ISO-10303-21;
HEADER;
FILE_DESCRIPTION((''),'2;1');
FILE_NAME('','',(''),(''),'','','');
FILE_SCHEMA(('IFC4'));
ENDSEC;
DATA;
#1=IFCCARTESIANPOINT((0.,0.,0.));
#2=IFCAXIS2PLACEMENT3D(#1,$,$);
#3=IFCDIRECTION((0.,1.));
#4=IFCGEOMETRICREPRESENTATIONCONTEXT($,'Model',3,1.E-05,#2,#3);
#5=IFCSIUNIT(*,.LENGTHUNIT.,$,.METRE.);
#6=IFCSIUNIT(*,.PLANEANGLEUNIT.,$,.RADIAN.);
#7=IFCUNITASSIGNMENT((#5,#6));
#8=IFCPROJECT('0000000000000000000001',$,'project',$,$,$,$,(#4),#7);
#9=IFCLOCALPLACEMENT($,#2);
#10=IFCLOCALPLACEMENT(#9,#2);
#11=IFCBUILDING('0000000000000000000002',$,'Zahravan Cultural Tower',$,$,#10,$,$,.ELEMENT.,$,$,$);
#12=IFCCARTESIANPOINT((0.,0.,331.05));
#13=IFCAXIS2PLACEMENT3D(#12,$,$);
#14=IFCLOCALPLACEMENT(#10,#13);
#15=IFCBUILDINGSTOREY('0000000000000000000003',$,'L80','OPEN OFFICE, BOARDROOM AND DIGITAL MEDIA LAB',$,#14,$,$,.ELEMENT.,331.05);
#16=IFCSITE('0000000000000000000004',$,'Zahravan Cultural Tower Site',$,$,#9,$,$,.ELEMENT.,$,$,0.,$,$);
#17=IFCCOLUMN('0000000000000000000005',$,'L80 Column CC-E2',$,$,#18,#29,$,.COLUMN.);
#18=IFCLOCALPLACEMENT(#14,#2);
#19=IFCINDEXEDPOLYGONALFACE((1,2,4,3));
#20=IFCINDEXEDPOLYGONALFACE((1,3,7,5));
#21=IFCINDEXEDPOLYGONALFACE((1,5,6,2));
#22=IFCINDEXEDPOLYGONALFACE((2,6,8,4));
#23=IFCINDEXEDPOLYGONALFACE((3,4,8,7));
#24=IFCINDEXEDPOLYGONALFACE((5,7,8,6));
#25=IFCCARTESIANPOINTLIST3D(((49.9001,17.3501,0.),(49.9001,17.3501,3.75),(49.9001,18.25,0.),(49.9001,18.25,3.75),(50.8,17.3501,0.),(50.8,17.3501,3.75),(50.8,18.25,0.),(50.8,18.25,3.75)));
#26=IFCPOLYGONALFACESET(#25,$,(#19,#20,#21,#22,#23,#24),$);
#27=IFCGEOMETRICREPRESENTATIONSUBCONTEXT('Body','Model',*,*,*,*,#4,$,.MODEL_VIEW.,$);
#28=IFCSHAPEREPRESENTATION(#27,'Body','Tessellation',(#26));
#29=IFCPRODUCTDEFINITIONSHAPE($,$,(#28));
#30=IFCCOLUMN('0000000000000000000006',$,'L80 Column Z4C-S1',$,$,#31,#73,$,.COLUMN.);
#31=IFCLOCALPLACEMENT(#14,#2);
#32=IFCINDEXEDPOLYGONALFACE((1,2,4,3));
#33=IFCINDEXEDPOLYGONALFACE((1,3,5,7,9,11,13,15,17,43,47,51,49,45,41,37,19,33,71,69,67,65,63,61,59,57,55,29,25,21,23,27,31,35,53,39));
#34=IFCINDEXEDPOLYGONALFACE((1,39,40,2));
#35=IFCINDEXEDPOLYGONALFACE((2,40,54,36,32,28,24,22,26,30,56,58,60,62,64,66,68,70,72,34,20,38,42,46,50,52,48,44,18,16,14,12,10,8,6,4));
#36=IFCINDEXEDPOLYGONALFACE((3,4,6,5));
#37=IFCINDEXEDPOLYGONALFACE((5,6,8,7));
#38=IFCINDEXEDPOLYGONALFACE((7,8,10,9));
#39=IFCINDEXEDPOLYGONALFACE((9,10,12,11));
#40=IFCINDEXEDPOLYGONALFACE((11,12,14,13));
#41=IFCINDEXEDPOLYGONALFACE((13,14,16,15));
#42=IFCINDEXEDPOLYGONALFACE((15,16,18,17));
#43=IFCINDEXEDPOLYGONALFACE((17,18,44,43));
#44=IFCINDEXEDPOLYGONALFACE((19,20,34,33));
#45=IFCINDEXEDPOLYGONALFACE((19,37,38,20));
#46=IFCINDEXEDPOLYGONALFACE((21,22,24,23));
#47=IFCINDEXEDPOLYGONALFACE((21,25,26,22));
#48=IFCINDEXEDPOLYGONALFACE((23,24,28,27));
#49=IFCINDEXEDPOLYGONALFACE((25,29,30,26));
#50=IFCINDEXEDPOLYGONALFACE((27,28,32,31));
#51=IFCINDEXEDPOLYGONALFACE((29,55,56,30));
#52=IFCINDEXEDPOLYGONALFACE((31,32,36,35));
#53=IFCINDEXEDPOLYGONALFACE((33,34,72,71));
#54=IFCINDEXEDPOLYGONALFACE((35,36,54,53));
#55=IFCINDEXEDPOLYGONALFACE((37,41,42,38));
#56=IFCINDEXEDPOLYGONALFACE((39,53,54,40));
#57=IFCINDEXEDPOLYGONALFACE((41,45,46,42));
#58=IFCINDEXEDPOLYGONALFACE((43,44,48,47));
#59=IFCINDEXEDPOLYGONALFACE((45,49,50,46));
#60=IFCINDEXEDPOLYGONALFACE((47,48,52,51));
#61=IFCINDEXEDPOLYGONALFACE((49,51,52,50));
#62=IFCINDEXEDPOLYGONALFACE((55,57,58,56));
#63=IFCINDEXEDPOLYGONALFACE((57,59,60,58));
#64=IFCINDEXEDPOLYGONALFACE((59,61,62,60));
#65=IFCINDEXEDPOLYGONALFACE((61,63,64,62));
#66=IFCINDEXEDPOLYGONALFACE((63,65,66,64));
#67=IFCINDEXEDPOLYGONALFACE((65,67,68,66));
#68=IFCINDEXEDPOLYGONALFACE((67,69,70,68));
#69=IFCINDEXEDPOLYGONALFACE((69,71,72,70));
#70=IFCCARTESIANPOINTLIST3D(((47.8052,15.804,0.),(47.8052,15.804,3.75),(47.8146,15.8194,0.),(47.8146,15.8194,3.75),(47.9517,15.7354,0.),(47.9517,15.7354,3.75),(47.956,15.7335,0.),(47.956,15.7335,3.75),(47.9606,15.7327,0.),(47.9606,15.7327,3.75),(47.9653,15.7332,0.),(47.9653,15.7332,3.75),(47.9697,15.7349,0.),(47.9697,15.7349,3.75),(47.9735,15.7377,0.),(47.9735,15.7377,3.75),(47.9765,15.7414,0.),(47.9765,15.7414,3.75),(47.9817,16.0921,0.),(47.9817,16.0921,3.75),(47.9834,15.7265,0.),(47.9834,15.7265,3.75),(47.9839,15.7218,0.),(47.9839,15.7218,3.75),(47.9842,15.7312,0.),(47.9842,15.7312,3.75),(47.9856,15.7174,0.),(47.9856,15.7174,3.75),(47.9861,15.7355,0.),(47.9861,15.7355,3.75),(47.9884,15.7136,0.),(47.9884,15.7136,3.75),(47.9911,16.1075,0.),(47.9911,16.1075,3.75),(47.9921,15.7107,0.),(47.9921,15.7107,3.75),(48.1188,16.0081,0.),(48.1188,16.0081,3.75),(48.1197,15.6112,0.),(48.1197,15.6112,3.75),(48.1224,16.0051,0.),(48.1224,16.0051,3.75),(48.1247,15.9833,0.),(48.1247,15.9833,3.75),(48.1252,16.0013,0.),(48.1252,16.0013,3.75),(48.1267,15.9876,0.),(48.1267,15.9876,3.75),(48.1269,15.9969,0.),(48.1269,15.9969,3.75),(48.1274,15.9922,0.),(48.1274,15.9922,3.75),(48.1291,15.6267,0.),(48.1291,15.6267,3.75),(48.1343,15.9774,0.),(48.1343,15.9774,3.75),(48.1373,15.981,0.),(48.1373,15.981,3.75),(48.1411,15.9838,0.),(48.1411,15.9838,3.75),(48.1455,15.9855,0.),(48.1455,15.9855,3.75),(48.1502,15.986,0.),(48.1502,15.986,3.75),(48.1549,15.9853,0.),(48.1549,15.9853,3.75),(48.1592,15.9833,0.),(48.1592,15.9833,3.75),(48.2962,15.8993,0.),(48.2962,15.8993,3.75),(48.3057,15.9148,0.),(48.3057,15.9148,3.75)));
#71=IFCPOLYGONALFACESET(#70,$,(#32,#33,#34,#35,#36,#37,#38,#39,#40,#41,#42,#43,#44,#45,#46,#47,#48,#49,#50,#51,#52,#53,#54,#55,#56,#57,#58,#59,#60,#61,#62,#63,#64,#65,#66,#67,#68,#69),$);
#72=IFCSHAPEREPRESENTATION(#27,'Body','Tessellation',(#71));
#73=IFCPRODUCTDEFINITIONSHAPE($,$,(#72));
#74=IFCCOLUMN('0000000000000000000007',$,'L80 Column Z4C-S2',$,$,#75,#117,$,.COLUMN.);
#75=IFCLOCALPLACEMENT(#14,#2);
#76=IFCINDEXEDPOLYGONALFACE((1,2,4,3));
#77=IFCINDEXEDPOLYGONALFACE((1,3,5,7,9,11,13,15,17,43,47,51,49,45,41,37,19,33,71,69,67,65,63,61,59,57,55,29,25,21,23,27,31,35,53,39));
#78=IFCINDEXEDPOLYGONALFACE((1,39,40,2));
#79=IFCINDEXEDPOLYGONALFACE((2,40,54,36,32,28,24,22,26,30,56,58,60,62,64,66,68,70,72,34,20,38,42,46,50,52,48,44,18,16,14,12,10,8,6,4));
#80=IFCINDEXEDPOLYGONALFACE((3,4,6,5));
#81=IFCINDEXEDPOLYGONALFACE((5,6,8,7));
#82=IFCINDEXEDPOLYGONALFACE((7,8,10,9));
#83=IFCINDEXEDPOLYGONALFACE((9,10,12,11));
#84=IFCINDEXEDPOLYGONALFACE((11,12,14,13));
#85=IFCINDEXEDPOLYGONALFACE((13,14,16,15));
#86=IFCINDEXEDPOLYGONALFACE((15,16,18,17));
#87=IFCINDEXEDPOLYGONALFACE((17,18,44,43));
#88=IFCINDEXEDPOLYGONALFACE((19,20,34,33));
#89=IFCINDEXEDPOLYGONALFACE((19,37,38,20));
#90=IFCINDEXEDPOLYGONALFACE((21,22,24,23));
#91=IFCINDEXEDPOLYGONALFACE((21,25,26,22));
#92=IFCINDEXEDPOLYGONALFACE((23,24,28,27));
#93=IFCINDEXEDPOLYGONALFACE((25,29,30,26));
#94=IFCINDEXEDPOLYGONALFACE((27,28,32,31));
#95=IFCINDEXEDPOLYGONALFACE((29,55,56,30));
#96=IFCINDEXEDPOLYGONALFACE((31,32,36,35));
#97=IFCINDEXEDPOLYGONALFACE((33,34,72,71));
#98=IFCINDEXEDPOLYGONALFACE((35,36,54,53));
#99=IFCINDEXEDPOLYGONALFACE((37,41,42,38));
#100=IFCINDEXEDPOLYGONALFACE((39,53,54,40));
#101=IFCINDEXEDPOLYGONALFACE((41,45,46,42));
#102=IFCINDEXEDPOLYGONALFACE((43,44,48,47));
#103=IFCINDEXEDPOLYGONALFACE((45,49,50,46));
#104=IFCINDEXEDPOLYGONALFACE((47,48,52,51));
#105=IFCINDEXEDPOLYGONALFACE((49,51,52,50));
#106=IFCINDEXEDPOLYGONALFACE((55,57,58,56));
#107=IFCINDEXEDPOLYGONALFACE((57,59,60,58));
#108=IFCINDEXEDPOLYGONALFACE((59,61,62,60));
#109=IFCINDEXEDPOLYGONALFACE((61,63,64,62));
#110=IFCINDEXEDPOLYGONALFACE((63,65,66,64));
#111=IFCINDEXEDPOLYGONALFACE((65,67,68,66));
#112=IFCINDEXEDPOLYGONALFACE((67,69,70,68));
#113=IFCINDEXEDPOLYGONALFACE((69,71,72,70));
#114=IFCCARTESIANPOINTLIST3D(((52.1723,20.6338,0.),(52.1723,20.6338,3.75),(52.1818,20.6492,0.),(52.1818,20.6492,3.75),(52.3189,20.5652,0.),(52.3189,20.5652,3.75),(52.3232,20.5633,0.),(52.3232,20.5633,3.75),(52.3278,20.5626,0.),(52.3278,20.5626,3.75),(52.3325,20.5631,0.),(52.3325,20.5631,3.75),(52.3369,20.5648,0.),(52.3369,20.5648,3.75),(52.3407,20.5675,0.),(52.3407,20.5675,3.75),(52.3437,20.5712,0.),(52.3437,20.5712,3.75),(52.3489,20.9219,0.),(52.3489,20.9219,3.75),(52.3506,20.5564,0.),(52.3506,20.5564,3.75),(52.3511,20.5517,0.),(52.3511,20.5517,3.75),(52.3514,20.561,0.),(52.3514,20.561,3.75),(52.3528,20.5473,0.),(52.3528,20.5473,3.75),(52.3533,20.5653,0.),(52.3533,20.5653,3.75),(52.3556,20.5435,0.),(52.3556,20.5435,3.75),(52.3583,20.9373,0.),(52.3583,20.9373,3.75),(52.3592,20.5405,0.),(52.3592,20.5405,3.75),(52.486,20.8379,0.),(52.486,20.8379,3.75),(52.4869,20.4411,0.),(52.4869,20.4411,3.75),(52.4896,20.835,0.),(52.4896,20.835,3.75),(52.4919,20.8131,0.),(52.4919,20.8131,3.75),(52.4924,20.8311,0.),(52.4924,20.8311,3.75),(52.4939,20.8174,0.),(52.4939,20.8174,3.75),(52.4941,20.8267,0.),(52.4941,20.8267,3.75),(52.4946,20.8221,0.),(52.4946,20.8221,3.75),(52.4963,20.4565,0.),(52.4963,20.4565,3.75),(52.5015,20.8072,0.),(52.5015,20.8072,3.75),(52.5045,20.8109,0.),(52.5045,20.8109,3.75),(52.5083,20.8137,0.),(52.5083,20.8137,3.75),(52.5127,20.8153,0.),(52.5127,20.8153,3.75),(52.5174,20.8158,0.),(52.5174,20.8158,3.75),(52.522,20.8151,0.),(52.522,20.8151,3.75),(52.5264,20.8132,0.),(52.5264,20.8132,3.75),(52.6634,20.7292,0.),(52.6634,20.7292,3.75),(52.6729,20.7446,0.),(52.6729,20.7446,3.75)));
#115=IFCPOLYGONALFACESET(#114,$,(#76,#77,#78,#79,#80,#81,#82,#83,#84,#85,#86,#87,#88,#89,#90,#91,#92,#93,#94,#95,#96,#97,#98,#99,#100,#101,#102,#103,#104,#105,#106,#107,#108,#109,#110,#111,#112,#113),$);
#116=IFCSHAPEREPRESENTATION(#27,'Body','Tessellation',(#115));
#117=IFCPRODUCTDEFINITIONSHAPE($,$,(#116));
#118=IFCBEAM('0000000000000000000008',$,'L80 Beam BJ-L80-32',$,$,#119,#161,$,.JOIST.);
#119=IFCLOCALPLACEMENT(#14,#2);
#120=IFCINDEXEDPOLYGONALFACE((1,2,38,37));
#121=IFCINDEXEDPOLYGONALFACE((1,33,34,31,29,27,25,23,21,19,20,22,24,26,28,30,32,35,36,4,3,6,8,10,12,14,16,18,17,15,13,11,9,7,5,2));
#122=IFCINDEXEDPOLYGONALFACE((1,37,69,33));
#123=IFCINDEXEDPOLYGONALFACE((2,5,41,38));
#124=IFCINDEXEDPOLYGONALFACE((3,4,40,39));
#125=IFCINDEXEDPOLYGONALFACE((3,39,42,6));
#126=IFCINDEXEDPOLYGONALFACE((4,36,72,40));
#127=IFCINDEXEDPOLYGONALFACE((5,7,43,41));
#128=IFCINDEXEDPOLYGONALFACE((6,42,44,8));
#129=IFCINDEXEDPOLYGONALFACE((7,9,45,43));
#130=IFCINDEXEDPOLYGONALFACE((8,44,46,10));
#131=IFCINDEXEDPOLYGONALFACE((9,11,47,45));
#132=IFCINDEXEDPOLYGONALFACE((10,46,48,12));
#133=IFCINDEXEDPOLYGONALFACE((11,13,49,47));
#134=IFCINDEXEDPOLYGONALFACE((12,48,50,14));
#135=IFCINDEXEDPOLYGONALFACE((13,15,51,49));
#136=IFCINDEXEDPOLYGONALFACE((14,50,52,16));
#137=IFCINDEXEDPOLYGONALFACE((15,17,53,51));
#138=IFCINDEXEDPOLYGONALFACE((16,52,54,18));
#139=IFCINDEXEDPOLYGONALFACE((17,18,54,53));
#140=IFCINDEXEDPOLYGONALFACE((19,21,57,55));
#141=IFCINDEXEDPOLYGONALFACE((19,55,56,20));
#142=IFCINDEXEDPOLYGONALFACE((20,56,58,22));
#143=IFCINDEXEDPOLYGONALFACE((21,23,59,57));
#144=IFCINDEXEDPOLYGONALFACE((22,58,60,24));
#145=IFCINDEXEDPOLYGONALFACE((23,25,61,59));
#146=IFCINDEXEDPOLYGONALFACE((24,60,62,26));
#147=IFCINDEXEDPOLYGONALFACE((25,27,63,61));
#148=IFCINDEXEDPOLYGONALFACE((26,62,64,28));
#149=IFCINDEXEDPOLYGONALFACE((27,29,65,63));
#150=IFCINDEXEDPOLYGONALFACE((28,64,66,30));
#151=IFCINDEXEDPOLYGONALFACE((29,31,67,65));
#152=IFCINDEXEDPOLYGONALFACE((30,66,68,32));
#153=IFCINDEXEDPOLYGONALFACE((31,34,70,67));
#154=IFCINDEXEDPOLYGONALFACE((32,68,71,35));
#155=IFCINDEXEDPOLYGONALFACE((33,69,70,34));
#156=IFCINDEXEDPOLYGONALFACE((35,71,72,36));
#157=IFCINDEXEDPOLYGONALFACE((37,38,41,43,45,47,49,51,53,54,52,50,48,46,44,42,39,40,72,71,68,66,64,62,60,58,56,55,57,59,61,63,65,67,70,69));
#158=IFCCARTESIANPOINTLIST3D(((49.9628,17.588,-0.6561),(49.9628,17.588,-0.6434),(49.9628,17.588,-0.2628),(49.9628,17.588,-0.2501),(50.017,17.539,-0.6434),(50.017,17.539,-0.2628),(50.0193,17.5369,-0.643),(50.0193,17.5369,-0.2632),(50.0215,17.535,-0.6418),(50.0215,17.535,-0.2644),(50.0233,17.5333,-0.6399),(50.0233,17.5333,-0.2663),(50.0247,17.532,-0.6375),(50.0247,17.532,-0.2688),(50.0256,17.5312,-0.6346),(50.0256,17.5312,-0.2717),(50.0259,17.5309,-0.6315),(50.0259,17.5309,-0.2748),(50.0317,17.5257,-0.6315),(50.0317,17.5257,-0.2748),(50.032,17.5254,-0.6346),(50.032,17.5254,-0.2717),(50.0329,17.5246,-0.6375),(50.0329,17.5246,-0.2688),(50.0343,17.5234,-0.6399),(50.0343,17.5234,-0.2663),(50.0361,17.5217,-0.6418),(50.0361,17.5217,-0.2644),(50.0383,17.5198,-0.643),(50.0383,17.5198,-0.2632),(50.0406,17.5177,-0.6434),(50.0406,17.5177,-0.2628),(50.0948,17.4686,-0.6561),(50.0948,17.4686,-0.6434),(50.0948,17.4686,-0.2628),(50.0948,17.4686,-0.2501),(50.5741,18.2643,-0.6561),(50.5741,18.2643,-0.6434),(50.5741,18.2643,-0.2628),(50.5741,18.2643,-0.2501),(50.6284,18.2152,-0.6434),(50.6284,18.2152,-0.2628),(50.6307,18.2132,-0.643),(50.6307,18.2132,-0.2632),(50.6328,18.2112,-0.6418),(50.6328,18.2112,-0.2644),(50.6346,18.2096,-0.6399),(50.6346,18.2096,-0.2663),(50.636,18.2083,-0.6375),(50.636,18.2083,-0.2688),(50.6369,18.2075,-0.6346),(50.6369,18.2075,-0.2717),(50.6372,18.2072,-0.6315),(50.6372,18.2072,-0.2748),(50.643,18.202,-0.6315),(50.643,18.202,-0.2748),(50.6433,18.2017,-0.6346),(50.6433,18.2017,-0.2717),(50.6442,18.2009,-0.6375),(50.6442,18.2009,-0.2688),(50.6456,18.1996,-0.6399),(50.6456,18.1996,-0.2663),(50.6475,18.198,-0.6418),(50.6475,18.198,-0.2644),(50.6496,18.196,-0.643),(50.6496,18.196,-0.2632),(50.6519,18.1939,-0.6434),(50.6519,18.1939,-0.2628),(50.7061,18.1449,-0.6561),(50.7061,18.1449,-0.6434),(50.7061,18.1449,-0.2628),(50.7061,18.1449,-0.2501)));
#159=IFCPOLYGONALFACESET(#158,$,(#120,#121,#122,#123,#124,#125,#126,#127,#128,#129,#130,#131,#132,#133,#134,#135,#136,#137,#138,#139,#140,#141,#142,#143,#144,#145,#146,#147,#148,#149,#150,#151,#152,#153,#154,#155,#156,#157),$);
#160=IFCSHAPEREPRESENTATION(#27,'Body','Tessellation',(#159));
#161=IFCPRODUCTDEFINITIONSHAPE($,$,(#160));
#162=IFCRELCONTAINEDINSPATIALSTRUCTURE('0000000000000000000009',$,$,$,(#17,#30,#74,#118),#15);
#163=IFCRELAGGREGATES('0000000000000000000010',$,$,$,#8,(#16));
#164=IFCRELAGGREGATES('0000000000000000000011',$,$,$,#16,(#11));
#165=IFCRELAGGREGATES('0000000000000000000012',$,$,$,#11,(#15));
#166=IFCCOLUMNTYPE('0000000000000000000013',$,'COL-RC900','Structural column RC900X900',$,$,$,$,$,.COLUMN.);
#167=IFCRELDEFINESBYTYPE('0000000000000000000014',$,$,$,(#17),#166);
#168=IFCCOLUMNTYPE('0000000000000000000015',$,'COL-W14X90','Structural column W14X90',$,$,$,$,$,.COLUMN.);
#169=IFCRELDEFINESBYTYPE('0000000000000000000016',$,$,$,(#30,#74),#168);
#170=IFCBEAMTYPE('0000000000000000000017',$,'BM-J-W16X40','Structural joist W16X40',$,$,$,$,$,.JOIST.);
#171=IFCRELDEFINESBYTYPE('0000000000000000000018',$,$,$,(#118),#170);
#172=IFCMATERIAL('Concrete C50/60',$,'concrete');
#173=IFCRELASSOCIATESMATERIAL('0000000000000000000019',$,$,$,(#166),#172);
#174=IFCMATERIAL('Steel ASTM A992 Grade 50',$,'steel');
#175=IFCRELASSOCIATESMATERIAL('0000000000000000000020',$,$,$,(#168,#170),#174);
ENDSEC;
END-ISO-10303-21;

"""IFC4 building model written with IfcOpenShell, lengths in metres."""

from ifc_helpers import new_model, si_unit, direction, frame, origin, origin_2d, place, context, subcontext, project, spatial, rectangle, i_section, extrude, source, transform, mapped, material, material_profile, profile_set, type_object, element, save


model = new_model("IFC4")

# Units and contexts
model_context = context("Model", 3, precision=1e-05, world=origin(), true_north=direction((0.0, 1.0)))
body_context = subcontext(model_context, "Body", "Model", "MODEL_VIEW")
ifc_project = project(units=[si_unit("LENGTHUNIT", "METRE"), si_unit("PLANEANGLEUNIT", "RADIAN")], contexts=[model_context])

# Site, building, storey
site_placement = place(None, origin())
site = spatial("IfcSite", under=ifc_project, at=site_placement, Name="Zahravan Cultural Tower Site", CompositionType="ELEMENT", RefElevation=0.0)
building_placement = place(site_placement, origin())
building = spatial("IfcBuilding", under=site, at=building_placement, Name="Zahravan Cultural Tower", CompositionType="ELEMENT")
storey_placement = place(building_placement, frame((0.0, 0.0, 331.05)))
storey = spatial("IfcBuildingStorey", under=building, at=storey_placement, Name="L80", Description="OPEN OFFICE, BOARDROOM AND DIGITAL MEDIA LAB", CompositionType="ELEMENT", Elevation=331.05)

# Columns
ifc_material_1 = material(Name="Concrete C50/60", Category="concrete")
ifc_material_profile_1 = material_profile(ifc_material_1, rectangle(XDim=0.8999, YDim=0.8999, at=origin_2d()), Name="RC900X900")
ifc_profile_set_1 = profile_set([ifc_material_profile_1], Name="Concrete C50/60")
column_type_1 = type_object("IfcColumnType", Name="COL-RC900", Description="Structural column RC900X900", PredefinedType="COLUMN", material=ifc_profile_set_1)
shared_shape_1 = source(origin(), body_context, "Body", "SweptSolid", [
    extrude(rectangle(XDim=0.8999, YDim=0.8999, at=origin_2d()), origin(), (0.0, 0.0, 1.0), 3.75),
])
column_placement = place(storey_placement, frame((50.3501, 17.8, 0.0), z_axis=(0.0, 0.0, 1.0), x_axis=(1.0, 0.0, 0.0)))
element("IfcColumn", 1, at=column_placement, inside=storey, type_object=column_type_1, Name="L80 Column CC-E2", PredefinedType="COLUMN", context=body_context, shape_type="MappedRepresentation", body=[
    mapped(shared_shape_1, transform((0.0, 0.0, 0.0), x_axis=(1.0, 0.0, 0.0), y_axis=(0.0, 1.0, 0.0), z_axis=(0.0, 0.0, 1.0), scale=1.0)),
])
ifc_material_2 = material(Name="Steel ASTM A992 Grade 50", Category="steel")
ifc_material_profile_2 = material_profile(ifc_material_2, i_section(OverallWidth=0.3689, OverallDepth=0.356, WebThickness=0.0112, FlangeThickness=0.0181, FilletRadius=0.0181, at=origin_2d()), Name="W14X90")
ifc_profile_set_2 = profile_set([ifc_material_profile_2], Name="Steel ASTM A992 Grade 50")
column_type_2 = type_object("IfcColumnType", Name="COL-W14X90", Description="Structural column W14X90", PredefinedType="COLUMN", material=ifc_profile_set_2)
shared_shape_2 = source(origin(), body_context, "Body", "SweptSolid", [
    extrude(i_section(OverallWidth=0.3689, OverallDepth=0.356, WebThickness=0.0112, FlangeThickness=0.0181, FilletRadius=0.0181, at=origin_2d()), origin(), (0.0, 0.0, 1.0), 3.75),
])
for number, where, z_axis, x_axis, name in (
    (2, (48.0554, 15.8594, 0.0), (0.0, 0.0, 1.0), (-0.85264, 0.522499, 0.0), "L80 Column Z4C-S1"),
    (3, (52.4226, 20.6892, 0.0), (0.0, 0.0, 1.0), (-0.85264, 0.522499, 0.0), "L80 Column Z4C-S2"),
):
    element("IfcColumn", number, at=place(storey_placement, frame(where, z_axis=z_axis, x_axis=x_axis)), inside=storey, type_object=column_type_2, Name=name, PredefinedType="COLUMN", context=body_context, shape_type="MappedRepresentation", body=[
        mapped(shared_shape_2, transform((0.0, 0.0, 0.0), x_axis=(1.0, 0.0, 0.0), y_axis=(0.0, 1.0, 0.0), z_axis=(0.0, 0.0, 1.0), scale=1.0)),
    ])

# Beam
ifc_material_profile_3 = material_profile(ifc_material_2, i_section(OverallWidth=0.178, OverallDepth=0.406, WebThickness=0.0078, FlangeThickness=0.0127, FilletRadius=0.012, at=origin_2d()), Name="W16X40")
ifc_profile_set_3 = profile_set([ifc_material_profile_3], Name="Steel ASTM A992 Grade 50")
beam_type_1 = type_object("IfcBeamType", Name="BM-J-W16X40", Description="Structural joist W16X40", PredefinedType="JOIST", material=ifc_profile_set_3)
shared_shape_3 = source(origin(), body_context, "Body", "SweptSolid", [
    extrude(i_section(OverallWidth=0.178, OverallDepth=0.406, WebThickness=0.0078, FlangeThickness=0.0127, FilletRadius=0.012, at=origin_2d()), origin(), (0.0, 0.0, 1.0), 0.9116),
])
beam_1_placement = place(storey_placement, frame((50.0288, 17.5283, -0.4531), z_axis=(0.670591, 0.741828, 0.0), x_axis=(-0.741828, 0.670591, 0.0)))
element("IfcBeam", 4, at=beam_1_placement, inside=storey, type_object=beam_type_1, Name="L80 Beam BJ-L80-32", PredefinedType="JOIST", context=body_context, shape_type="MappedRepresentation", body=[
    mapped(shared_shape_3, transform((0.0, 0.0, 0.0), x_axis=(1.0, 0.0, 0.0), y_axis=(0.0, 1.0, 0.0), z_axis=(0.0, 0.0, 1.0), scale=1.0)),
])

save(model, "model.ifc")
